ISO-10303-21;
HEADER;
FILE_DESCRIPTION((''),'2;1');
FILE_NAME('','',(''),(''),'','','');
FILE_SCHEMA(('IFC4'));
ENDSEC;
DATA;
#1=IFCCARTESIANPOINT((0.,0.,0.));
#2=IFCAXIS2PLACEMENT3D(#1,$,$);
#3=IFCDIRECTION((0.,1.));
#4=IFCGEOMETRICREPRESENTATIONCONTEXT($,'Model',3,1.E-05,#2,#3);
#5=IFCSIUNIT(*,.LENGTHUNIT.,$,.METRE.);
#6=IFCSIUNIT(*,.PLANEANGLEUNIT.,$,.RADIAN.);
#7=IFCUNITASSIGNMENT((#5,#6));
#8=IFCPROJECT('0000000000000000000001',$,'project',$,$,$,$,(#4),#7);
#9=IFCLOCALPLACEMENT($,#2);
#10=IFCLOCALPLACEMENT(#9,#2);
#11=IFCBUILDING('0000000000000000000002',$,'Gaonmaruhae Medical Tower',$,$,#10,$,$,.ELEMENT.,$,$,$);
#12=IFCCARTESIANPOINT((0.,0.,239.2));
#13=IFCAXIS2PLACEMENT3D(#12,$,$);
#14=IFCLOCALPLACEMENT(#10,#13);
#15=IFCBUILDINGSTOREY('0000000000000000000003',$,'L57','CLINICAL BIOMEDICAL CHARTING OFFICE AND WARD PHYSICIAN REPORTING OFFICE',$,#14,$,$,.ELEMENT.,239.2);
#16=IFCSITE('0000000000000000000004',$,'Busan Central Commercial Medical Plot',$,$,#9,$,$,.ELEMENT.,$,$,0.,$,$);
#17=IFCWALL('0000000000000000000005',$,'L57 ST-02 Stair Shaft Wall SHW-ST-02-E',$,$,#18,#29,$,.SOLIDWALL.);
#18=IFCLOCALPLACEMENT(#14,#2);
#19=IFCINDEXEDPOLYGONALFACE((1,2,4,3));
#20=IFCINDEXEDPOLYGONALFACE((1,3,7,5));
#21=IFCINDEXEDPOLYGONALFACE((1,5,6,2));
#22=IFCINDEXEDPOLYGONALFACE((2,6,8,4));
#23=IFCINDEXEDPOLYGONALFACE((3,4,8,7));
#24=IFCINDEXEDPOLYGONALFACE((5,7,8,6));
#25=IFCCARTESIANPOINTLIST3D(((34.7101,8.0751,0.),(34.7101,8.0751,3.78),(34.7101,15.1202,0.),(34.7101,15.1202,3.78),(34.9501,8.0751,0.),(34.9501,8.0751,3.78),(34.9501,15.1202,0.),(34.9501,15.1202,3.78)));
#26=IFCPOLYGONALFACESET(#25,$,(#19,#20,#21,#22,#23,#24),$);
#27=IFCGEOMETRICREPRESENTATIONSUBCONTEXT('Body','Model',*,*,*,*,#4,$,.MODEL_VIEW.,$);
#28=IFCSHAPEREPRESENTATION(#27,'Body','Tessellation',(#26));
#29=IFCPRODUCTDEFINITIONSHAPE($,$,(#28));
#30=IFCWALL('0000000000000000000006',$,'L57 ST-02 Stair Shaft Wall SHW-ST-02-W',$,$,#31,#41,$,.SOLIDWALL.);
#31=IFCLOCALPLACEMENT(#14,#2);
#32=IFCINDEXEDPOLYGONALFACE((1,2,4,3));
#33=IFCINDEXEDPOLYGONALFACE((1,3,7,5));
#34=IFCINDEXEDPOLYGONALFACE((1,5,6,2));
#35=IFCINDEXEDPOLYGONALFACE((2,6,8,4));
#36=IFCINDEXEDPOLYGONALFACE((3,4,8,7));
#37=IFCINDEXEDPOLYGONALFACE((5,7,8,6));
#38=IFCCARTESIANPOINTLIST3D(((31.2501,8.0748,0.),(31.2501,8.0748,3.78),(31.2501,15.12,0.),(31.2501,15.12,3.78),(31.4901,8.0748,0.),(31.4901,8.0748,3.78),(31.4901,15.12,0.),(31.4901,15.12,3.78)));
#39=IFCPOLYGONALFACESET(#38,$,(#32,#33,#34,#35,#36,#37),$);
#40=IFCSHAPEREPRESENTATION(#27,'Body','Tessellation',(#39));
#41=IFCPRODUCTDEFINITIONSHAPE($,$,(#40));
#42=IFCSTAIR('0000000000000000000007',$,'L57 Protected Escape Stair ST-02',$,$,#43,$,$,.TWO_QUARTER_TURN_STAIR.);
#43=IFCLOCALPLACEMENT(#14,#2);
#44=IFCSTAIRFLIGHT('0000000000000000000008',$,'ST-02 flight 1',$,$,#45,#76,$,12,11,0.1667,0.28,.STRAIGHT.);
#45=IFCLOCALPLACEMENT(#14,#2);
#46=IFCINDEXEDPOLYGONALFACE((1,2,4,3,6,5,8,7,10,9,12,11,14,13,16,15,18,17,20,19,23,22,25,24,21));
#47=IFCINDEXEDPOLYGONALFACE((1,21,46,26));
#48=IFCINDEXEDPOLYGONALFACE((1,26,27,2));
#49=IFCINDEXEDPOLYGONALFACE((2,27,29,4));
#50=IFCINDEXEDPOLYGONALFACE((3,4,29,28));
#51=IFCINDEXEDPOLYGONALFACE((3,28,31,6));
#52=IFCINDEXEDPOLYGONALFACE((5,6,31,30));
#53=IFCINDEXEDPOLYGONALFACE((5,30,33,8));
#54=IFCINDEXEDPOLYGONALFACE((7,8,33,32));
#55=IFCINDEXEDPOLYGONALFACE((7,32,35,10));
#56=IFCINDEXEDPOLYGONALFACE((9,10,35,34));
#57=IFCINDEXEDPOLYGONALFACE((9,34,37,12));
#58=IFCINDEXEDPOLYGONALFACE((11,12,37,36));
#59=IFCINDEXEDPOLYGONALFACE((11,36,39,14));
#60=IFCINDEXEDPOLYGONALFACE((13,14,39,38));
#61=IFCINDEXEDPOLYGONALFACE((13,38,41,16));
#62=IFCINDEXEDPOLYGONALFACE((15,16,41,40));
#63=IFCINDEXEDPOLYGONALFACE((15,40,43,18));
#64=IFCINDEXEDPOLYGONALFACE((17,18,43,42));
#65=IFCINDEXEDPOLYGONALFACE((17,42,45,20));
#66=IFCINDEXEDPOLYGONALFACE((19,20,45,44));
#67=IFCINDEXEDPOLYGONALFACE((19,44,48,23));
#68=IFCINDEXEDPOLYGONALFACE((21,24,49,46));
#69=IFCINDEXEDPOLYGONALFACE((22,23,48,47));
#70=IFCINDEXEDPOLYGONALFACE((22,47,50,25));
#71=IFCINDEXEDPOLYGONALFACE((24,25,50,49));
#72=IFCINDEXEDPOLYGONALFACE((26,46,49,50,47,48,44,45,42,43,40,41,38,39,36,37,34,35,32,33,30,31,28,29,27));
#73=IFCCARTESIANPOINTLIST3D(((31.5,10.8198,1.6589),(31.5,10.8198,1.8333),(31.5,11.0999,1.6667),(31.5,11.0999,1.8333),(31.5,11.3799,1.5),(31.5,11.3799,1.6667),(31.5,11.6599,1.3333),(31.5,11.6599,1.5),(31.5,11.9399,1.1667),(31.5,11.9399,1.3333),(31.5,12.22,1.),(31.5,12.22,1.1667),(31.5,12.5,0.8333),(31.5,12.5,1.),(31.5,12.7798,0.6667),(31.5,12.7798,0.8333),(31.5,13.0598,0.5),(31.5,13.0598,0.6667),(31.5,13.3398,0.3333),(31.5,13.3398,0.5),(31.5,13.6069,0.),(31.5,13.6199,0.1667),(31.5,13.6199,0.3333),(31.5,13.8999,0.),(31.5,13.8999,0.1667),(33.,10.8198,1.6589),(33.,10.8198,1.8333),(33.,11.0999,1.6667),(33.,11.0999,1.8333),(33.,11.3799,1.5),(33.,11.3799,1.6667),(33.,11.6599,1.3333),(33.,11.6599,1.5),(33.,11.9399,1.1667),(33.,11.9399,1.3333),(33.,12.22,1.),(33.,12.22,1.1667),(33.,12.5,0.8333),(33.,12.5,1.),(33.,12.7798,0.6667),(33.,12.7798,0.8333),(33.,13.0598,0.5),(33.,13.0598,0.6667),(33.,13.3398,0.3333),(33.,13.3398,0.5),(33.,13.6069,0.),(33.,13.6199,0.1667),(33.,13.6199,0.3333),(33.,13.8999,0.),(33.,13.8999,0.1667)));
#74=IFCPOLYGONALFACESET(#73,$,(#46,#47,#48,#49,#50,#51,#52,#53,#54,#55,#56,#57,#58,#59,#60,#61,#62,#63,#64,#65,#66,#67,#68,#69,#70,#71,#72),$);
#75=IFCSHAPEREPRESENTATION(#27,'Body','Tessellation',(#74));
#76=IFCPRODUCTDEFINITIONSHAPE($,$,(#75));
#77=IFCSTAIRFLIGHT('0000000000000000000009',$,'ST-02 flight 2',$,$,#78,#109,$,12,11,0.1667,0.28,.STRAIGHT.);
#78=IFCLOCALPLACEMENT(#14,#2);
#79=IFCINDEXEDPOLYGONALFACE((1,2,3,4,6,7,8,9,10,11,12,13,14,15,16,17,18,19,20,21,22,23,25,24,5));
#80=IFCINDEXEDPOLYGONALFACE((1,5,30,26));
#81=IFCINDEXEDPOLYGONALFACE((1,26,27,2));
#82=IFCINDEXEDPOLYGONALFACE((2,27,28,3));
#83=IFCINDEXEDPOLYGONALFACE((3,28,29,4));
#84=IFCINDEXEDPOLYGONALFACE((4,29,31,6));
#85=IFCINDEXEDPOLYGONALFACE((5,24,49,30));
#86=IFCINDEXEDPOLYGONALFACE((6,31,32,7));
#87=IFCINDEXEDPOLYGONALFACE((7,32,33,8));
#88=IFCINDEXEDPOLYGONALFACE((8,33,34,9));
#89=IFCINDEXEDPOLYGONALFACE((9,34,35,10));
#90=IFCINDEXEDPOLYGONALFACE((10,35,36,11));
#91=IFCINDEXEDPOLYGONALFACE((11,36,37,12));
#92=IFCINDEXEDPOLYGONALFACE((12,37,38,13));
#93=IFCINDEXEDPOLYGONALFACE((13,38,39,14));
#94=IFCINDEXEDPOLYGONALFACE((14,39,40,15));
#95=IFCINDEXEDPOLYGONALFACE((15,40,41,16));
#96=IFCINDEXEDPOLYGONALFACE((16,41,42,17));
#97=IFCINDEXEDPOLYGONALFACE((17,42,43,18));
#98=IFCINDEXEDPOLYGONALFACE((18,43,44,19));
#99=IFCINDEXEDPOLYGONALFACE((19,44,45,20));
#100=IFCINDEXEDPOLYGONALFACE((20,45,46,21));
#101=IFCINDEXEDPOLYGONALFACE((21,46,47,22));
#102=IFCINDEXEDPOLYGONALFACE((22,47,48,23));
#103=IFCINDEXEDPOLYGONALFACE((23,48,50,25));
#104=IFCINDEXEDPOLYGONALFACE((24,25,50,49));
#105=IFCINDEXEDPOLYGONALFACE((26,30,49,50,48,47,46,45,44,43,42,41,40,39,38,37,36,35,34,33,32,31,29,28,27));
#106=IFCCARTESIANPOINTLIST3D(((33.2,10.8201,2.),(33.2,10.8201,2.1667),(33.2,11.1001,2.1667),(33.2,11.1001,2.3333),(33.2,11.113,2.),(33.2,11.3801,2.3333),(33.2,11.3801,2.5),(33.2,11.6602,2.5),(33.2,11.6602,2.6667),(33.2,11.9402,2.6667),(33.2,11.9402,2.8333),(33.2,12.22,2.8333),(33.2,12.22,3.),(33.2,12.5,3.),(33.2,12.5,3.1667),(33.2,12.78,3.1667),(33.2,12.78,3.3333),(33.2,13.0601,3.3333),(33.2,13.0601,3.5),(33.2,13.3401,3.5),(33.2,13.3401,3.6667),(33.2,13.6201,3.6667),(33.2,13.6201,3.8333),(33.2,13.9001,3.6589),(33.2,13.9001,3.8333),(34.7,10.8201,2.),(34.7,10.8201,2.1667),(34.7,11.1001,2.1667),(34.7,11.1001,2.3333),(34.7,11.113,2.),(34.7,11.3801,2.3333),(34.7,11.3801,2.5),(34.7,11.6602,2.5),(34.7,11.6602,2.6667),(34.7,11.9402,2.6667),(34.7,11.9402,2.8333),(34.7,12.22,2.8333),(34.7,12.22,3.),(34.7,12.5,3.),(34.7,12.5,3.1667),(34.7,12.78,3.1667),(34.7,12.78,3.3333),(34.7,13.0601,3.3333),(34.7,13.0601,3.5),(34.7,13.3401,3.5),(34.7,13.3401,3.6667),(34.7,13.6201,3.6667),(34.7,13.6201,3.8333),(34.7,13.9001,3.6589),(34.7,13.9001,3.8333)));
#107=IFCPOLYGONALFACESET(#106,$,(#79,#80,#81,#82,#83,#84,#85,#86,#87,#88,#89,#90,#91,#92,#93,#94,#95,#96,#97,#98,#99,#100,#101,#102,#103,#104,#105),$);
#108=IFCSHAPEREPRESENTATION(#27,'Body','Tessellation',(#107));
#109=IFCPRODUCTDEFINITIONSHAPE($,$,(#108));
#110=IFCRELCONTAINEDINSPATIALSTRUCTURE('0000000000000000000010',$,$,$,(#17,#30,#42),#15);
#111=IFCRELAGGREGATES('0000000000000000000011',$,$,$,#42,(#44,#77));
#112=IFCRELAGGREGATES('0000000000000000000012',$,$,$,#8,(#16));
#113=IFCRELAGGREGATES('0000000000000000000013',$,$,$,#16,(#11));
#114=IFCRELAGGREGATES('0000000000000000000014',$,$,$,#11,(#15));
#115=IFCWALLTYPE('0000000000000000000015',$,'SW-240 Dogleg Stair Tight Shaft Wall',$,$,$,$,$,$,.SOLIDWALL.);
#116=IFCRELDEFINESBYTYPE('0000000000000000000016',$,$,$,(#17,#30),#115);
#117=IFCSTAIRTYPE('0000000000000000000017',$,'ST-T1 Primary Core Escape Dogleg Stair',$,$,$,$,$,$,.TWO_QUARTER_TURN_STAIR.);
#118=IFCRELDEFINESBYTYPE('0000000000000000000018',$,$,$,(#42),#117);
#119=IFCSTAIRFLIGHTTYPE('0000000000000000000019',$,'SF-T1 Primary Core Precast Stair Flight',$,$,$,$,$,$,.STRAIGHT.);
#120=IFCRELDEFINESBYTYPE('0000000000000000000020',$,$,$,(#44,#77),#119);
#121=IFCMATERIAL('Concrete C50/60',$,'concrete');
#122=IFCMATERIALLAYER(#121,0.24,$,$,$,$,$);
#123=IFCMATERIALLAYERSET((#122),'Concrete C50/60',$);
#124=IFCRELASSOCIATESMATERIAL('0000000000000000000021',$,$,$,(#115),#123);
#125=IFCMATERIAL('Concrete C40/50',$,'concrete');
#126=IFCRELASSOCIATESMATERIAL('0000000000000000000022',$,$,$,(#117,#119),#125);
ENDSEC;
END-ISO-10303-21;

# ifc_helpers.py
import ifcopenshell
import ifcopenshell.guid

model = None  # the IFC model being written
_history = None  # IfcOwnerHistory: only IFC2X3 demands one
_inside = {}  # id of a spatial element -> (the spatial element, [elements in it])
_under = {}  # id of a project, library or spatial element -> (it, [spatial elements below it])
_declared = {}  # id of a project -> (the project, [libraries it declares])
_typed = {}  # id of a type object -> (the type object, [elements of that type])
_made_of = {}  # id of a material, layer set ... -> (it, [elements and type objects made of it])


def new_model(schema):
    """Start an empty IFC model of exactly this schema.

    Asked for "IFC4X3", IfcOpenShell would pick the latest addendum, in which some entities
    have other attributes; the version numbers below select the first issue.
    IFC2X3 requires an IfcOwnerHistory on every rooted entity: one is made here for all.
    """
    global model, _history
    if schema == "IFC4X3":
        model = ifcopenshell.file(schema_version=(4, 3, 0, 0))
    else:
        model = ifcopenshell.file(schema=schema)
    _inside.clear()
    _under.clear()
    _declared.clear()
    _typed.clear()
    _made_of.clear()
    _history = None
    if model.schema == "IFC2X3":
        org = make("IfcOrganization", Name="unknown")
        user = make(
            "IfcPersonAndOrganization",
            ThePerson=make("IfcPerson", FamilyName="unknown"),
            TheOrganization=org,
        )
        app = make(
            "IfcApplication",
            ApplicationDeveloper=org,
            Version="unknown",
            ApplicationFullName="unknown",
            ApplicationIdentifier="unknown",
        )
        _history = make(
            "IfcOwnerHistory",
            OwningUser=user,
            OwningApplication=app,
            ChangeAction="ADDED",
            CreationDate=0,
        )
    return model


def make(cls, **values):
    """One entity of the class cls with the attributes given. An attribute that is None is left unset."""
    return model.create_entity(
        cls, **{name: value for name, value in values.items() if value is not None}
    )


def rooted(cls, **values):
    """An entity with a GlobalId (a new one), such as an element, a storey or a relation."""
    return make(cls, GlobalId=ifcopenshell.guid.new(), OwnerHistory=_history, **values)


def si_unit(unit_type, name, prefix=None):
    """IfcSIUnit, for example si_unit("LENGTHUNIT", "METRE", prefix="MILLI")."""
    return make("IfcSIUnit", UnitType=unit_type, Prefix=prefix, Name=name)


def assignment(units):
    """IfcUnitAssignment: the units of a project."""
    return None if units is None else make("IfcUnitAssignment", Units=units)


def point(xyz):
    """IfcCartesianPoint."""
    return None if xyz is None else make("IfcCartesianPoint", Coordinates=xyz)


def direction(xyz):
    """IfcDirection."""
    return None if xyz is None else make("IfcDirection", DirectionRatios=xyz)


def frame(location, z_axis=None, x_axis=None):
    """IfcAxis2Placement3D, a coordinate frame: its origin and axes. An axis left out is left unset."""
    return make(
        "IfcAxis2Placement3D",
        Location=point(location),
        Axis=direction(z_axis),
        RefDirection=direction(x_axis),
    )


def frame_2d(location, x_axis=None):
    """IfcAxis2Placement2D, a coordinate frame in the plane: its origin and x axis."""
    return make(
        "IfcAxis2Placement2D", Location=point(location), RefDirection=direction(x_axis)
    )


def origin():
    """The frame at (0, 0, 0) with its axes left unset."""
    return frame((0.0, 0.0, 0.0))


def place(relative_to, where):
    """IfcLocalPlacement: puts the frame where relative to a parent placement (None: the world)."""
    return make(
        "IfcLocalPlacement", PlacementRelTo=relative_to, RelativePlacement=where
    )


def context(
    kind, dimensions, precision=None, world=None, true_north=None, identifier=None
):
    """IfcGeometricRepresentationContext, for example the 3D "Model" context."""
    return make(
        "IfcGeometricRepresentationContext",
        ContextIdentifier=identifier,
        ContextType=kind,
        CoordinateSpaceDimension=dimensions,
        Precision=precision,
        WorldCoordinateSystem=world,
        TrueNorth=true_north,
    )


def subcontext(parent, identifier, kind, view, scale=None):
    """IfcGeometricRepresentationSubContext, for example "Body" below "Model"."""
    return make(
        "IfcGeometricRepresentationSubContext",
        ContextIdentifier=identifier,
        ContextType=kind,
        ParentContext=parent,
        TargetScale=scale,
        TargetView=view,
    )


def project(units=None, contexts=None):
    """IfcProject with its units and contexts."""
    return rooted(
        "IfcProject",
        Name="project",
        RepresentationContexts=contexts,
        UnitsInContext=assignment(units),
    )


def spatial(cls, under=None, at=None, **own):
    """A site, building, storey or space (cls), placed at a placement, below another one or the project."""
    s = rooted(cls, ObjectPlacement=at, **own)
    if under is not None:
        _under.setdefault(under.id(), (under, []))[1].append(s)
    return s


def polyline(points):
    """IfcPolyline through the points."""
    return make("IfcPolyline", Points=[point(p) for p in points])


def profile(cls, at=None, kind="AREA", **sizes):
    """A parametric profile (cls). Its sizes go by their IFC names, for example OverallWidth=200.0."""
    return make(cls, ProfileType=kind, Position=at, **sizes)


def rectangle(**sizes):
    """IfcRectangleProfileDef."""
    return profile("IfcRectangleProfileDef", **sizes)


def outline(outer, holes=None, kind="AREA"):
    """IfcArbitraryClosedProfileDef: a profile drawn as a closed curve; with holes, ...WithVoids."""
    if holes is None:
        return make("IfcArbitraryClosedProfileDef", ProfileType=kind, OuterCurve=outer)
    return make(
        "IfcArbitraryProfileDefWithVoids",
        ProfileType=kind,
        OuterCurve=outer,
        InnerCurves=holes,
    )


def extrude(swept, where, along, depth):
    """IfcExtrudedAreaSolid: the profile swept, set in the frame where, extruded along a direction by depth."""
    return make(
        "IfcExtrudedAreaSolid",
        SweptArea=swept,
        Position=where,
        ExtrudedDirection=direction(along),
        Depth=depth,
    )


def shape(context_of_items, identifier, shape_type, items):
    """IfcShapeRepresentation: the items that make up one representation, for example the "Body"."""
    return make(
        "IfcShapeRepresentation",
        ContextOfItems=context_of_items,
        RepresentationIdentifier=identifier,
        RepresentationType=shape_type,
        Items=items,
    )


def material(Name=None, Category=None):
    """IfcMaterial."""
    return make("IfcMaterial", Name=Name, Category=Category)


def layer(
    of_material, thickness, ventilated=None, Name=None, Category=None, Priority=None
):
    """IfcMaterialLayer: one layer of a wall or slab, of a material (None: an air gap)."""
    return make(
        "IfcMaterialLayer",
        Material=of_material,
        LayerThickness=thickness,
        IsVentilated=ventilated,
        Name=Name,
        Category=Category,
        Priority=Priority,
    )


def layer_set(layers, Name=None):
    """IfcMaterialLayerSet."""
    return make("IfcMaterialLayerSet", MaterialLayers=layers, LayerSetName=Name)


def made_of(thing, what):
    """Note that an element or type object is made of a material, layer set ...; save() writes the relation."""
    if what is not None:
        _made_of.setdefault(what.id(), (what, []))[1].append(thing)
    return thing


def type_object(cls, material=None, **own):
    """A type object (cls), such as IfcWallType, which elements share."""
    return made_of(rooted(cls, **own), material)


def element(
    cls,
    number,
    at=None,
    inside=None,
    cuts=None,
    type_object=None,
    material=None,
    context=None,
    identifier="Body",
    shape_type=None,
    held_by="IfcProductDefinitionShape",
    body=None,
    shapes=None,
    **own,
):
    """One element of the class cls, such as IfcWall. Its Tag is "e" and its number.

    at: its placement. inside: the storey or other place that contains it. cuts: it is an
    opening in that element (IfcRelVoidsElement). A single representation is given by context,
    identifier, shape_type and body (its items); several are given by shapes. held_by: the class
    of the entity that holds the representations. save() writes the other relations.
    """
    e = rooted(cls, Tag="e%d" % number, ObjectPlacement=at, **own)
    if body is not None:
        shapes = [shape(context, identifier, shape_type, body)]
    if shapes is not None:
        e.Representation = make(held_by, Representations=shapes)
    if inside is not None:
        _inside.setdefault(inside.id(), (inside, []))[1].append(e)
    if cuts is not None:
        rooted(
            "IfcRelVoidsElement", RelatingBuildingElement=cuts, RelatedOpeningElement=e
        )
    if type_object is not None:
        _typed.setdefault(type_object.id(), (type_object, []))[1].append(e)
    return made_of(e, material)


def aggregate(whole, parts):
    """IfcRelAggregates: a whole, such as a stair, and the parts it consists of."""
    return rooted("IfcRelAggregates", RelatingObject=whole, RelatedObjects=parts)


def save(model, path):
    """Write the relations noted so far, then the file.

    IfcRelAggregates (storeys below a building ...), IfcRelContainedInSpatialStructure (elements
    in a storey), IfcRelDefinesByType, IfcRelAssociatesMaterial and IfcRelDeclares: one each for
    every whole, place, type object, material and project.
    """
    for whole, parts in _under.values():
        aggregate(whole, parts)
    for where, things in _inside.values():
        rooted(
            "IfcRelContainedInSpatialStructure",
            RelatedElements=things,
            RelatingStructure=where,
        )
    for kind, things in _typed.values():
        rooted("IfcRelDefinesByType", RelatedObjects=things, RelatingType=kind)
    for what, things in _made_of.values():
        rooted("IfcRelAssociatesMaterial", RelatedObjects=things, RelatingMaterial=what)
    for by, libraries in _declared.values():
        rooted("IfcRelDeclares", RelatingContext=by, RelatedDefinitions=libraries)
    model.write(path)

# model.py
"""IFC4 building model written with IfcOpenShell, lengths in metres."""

from ifc_helpers import new_model, si_unit, direction, frame, frame_2d, origin, place, context, subcontext, project, spatial, polyline, rectangle, outline, extrude, material, layer, layer_set, type_object, element, aggregate, save


model = new_model("IFC4")

# Units and contexts
model_context = context("Model", 3, precision=1e-05, world=origin(), true_north=direction((0.0, 1.0)))
body_context = subcontext(model_context, "Body", "Model", "MODEL_VIEW")
ifc_project = project(units=[si_unit("LENGTHUNIT", "METRE"), si_unit("PLANEANGLEUNIT", "RADIAN")], contexts=[model_context])

# Site, building, storey
site_placement = place(None, origin())
site = spatial("IfcSite", under=ifc_project, at=site_placement, Name="Busan Central Commercial Medical Plot", CompositionType="ELEMENT", RefElevation=0.0)
building_placement = place(site_placement, origin())
building = spatial("IfcBuilding", under=site, at=building_placement, Name="Gaonmaruhae Medical Tower", CompositionType="ELEMENT")
storey_placement = place(building_placement, frame((0.0, 0.0, 239.2)))
storey = spatial("IfcBuildingStorey", under=building, at=storey_placement, Name="L57", Description="CLINICAL BIOMEDICAL CHARTING OFFICE AND WARD PHYSICIAN REPORTING OFFICE", CompositionType="ELEMENT", Elevation=239.2)

# Shared definitions
ifc_material_1 = material(Name="Concrete C50/60", Category="concrete")

# Shared definitions
ifc_layer_1 = layer(ifc_material_1, 0.24)
ifc_layer_set_1 = layer_set([ifc_layer_1], Name="Concrete C50/60")
wall_type_1 = type_object("IfcWallType", Name="SW-240 Dogleg Stair Tight Shaft Wall", PredefinedType="SOLIDWALL", material=ifc_layer_set_1)

# Walls
for number, where, z_axis, x_axis, name in (
    (1, (34.8301, 15.1201, 0.0), (0.0, 0.0, 1.0), (0.0, -1.0, 0.0), "L57 ST-02 Stair Shaft Wall SHW-ST-02-E"),
    (2, (31.3701, 8.075, 0.0), (0.0, 0.0, 1.0), (0.0, 1.0, 0.0), "L57 ST-02 Stair Shaft Wall SHW-ST-02-W"),
):
    element("IfcWall", number, at=place(storey_placement, frame(where, z_axis=z_axis, x_axis=x_axis)), inside=storey, type_object=wall_type_1, Name=name, PredefinedType="SOLIDWALL", context=body_context, shape_type="SweptSolid", body=[
        extrude(rectangle(XDim=7.0452, YDim=0.24, at=frame_2d((3.5225, 0.0))), origin(), (0.0, 0.0, 1.0), 3.78),
    ])

# Stair, stair flights
ifc_material_2 = material(Name="Concrete C40/50", Category="concrete")
stair_type = type_object("IfcStairType", Name="ST-T1 Primary Core Escape Dogleg Stair", PredefinedType="TWO_QUARTER_TURN_STAIR", material=ifc_material_2)
stair_placement = place(storey_placement, origin())
stair = element("IfcStair", 3, at=stair_placement, inside=storey, type_object=stair_type, Name="L57 Protected Escape Stair ST-02", PredefinedType="TWO_QUARTER_TURN_STAIR")
stair_flight_type = type_object("IfcStairFlightType", Name="SF-T1 Primary Core Precast Stair Flight", PredefinedType="STRAIGHT", material=ifc_material_2)
stair_flight_1_placement = place(storey_placement, frame((32.25, 13.8999, 0.0), z_axis=(0.0, 0.0, 1.0), x_axis=(0.0, -1.0, 0.0)))
stair_flight_1 = element("IfcStairFlight", 4, at=stair_flight_1_placement, type_object=stair_flight_type, Name="ST-02 flight 1", NumberOfRisers=12, NumberOfTreads=11, PredefinedType="STRAIGHT", RiserHeight=0.1667, TreadLength=0.28, context=body_context, shape_type="SweptSolid", body=[
    extrude(outline(polyline([(0.0, 0.0), (0.0, 0.1667), (0.28, 0.1667), (0.28, 0.3333), (0.5601, 0.3333), (0.5601, 0.5), (0.8401, 0.5), (0.8401, 0.6667), (1.1201, 0.6667), (1.1201, 0.8333), (1.3999, 0.8333), (1.3999, 1.0), (1.6799, 1.0), (1.6799, 1.1667), (1.96, 1.1667), (1.96, 1.3333), (2.24, 1.3333), (2.24, 1.5), (2.52, 1.5), (2.52, 1.6667), (2.8, 1.6667), (2.8, 1.8333), (3.0801, 1.8333), (3.0801, 2.0), (3.0801, 1.6589), (0.293, 0.0), (0.0, 0.0)])), frame((0.0, 0.75, 0.0), z_axis=(0.0, -1.0, 0.0), x_axis=(1.0, 0.0, 0.0)), (0.0, 0.0, 1.0), 1.5),
])
stair_flight_2_placement = place(storey_placement, frame((33.95, 10.8201, 2.0), z_axis=(0.0, 0.0, 1.0), x_axis=(0.0, 1.0, 0.0)))
stair_flight_2 = element("IfcStairFlight", 5, at=stair_flight_2_placement, type_object=stair_flight_type, Name="ST-02 flight 2", NumberOfRisers=12, NumberOfTreads=11, PredefinedType="STRAIGHT", RiserHeight=0.1667, TreadLength=0.28, context=body_context, shape_type="SweptSolid", body=[
    extrude(outline(polyline([(0.0, 0.0), (0.0, 0.1667), (0.28, 0.1667), (0.28, 0.3333), (0.5601, 0.3333), (0.5601, 0.5), (0.8401, 0.5), (0.8401, 0.6667), (1.1201, 0.6667), (1.1201, 0.8333), (1.3999, 0.8333), (1.3999, 1.0), (1.6799, 1.0), (1.6799, 1.1667), (1.96, 1.1667), (1.96, 1.3333), (2.24, 1.3333), (2.24, 1.5), (2.52, 1.5), (2.52, 1.6667), (2.8, 1.6667), (2.8, 1.8333), (3.0801, 1.8333), (3.0801, 2.0), (3.0801, 1.6589), (0.293, 0.0), (0.0, 0.0)])), frame((0.0, 0.75, 0.0), z_axis=(0.0, -1.0, 0.0), x_axis=(1.0, 0.0, 0.0)), (0.0, 0.0, 1.0), 1.5),
])
aggregate(stair, [stair_flight_1, stair_flight_2])

save(model, "model.ifc")
